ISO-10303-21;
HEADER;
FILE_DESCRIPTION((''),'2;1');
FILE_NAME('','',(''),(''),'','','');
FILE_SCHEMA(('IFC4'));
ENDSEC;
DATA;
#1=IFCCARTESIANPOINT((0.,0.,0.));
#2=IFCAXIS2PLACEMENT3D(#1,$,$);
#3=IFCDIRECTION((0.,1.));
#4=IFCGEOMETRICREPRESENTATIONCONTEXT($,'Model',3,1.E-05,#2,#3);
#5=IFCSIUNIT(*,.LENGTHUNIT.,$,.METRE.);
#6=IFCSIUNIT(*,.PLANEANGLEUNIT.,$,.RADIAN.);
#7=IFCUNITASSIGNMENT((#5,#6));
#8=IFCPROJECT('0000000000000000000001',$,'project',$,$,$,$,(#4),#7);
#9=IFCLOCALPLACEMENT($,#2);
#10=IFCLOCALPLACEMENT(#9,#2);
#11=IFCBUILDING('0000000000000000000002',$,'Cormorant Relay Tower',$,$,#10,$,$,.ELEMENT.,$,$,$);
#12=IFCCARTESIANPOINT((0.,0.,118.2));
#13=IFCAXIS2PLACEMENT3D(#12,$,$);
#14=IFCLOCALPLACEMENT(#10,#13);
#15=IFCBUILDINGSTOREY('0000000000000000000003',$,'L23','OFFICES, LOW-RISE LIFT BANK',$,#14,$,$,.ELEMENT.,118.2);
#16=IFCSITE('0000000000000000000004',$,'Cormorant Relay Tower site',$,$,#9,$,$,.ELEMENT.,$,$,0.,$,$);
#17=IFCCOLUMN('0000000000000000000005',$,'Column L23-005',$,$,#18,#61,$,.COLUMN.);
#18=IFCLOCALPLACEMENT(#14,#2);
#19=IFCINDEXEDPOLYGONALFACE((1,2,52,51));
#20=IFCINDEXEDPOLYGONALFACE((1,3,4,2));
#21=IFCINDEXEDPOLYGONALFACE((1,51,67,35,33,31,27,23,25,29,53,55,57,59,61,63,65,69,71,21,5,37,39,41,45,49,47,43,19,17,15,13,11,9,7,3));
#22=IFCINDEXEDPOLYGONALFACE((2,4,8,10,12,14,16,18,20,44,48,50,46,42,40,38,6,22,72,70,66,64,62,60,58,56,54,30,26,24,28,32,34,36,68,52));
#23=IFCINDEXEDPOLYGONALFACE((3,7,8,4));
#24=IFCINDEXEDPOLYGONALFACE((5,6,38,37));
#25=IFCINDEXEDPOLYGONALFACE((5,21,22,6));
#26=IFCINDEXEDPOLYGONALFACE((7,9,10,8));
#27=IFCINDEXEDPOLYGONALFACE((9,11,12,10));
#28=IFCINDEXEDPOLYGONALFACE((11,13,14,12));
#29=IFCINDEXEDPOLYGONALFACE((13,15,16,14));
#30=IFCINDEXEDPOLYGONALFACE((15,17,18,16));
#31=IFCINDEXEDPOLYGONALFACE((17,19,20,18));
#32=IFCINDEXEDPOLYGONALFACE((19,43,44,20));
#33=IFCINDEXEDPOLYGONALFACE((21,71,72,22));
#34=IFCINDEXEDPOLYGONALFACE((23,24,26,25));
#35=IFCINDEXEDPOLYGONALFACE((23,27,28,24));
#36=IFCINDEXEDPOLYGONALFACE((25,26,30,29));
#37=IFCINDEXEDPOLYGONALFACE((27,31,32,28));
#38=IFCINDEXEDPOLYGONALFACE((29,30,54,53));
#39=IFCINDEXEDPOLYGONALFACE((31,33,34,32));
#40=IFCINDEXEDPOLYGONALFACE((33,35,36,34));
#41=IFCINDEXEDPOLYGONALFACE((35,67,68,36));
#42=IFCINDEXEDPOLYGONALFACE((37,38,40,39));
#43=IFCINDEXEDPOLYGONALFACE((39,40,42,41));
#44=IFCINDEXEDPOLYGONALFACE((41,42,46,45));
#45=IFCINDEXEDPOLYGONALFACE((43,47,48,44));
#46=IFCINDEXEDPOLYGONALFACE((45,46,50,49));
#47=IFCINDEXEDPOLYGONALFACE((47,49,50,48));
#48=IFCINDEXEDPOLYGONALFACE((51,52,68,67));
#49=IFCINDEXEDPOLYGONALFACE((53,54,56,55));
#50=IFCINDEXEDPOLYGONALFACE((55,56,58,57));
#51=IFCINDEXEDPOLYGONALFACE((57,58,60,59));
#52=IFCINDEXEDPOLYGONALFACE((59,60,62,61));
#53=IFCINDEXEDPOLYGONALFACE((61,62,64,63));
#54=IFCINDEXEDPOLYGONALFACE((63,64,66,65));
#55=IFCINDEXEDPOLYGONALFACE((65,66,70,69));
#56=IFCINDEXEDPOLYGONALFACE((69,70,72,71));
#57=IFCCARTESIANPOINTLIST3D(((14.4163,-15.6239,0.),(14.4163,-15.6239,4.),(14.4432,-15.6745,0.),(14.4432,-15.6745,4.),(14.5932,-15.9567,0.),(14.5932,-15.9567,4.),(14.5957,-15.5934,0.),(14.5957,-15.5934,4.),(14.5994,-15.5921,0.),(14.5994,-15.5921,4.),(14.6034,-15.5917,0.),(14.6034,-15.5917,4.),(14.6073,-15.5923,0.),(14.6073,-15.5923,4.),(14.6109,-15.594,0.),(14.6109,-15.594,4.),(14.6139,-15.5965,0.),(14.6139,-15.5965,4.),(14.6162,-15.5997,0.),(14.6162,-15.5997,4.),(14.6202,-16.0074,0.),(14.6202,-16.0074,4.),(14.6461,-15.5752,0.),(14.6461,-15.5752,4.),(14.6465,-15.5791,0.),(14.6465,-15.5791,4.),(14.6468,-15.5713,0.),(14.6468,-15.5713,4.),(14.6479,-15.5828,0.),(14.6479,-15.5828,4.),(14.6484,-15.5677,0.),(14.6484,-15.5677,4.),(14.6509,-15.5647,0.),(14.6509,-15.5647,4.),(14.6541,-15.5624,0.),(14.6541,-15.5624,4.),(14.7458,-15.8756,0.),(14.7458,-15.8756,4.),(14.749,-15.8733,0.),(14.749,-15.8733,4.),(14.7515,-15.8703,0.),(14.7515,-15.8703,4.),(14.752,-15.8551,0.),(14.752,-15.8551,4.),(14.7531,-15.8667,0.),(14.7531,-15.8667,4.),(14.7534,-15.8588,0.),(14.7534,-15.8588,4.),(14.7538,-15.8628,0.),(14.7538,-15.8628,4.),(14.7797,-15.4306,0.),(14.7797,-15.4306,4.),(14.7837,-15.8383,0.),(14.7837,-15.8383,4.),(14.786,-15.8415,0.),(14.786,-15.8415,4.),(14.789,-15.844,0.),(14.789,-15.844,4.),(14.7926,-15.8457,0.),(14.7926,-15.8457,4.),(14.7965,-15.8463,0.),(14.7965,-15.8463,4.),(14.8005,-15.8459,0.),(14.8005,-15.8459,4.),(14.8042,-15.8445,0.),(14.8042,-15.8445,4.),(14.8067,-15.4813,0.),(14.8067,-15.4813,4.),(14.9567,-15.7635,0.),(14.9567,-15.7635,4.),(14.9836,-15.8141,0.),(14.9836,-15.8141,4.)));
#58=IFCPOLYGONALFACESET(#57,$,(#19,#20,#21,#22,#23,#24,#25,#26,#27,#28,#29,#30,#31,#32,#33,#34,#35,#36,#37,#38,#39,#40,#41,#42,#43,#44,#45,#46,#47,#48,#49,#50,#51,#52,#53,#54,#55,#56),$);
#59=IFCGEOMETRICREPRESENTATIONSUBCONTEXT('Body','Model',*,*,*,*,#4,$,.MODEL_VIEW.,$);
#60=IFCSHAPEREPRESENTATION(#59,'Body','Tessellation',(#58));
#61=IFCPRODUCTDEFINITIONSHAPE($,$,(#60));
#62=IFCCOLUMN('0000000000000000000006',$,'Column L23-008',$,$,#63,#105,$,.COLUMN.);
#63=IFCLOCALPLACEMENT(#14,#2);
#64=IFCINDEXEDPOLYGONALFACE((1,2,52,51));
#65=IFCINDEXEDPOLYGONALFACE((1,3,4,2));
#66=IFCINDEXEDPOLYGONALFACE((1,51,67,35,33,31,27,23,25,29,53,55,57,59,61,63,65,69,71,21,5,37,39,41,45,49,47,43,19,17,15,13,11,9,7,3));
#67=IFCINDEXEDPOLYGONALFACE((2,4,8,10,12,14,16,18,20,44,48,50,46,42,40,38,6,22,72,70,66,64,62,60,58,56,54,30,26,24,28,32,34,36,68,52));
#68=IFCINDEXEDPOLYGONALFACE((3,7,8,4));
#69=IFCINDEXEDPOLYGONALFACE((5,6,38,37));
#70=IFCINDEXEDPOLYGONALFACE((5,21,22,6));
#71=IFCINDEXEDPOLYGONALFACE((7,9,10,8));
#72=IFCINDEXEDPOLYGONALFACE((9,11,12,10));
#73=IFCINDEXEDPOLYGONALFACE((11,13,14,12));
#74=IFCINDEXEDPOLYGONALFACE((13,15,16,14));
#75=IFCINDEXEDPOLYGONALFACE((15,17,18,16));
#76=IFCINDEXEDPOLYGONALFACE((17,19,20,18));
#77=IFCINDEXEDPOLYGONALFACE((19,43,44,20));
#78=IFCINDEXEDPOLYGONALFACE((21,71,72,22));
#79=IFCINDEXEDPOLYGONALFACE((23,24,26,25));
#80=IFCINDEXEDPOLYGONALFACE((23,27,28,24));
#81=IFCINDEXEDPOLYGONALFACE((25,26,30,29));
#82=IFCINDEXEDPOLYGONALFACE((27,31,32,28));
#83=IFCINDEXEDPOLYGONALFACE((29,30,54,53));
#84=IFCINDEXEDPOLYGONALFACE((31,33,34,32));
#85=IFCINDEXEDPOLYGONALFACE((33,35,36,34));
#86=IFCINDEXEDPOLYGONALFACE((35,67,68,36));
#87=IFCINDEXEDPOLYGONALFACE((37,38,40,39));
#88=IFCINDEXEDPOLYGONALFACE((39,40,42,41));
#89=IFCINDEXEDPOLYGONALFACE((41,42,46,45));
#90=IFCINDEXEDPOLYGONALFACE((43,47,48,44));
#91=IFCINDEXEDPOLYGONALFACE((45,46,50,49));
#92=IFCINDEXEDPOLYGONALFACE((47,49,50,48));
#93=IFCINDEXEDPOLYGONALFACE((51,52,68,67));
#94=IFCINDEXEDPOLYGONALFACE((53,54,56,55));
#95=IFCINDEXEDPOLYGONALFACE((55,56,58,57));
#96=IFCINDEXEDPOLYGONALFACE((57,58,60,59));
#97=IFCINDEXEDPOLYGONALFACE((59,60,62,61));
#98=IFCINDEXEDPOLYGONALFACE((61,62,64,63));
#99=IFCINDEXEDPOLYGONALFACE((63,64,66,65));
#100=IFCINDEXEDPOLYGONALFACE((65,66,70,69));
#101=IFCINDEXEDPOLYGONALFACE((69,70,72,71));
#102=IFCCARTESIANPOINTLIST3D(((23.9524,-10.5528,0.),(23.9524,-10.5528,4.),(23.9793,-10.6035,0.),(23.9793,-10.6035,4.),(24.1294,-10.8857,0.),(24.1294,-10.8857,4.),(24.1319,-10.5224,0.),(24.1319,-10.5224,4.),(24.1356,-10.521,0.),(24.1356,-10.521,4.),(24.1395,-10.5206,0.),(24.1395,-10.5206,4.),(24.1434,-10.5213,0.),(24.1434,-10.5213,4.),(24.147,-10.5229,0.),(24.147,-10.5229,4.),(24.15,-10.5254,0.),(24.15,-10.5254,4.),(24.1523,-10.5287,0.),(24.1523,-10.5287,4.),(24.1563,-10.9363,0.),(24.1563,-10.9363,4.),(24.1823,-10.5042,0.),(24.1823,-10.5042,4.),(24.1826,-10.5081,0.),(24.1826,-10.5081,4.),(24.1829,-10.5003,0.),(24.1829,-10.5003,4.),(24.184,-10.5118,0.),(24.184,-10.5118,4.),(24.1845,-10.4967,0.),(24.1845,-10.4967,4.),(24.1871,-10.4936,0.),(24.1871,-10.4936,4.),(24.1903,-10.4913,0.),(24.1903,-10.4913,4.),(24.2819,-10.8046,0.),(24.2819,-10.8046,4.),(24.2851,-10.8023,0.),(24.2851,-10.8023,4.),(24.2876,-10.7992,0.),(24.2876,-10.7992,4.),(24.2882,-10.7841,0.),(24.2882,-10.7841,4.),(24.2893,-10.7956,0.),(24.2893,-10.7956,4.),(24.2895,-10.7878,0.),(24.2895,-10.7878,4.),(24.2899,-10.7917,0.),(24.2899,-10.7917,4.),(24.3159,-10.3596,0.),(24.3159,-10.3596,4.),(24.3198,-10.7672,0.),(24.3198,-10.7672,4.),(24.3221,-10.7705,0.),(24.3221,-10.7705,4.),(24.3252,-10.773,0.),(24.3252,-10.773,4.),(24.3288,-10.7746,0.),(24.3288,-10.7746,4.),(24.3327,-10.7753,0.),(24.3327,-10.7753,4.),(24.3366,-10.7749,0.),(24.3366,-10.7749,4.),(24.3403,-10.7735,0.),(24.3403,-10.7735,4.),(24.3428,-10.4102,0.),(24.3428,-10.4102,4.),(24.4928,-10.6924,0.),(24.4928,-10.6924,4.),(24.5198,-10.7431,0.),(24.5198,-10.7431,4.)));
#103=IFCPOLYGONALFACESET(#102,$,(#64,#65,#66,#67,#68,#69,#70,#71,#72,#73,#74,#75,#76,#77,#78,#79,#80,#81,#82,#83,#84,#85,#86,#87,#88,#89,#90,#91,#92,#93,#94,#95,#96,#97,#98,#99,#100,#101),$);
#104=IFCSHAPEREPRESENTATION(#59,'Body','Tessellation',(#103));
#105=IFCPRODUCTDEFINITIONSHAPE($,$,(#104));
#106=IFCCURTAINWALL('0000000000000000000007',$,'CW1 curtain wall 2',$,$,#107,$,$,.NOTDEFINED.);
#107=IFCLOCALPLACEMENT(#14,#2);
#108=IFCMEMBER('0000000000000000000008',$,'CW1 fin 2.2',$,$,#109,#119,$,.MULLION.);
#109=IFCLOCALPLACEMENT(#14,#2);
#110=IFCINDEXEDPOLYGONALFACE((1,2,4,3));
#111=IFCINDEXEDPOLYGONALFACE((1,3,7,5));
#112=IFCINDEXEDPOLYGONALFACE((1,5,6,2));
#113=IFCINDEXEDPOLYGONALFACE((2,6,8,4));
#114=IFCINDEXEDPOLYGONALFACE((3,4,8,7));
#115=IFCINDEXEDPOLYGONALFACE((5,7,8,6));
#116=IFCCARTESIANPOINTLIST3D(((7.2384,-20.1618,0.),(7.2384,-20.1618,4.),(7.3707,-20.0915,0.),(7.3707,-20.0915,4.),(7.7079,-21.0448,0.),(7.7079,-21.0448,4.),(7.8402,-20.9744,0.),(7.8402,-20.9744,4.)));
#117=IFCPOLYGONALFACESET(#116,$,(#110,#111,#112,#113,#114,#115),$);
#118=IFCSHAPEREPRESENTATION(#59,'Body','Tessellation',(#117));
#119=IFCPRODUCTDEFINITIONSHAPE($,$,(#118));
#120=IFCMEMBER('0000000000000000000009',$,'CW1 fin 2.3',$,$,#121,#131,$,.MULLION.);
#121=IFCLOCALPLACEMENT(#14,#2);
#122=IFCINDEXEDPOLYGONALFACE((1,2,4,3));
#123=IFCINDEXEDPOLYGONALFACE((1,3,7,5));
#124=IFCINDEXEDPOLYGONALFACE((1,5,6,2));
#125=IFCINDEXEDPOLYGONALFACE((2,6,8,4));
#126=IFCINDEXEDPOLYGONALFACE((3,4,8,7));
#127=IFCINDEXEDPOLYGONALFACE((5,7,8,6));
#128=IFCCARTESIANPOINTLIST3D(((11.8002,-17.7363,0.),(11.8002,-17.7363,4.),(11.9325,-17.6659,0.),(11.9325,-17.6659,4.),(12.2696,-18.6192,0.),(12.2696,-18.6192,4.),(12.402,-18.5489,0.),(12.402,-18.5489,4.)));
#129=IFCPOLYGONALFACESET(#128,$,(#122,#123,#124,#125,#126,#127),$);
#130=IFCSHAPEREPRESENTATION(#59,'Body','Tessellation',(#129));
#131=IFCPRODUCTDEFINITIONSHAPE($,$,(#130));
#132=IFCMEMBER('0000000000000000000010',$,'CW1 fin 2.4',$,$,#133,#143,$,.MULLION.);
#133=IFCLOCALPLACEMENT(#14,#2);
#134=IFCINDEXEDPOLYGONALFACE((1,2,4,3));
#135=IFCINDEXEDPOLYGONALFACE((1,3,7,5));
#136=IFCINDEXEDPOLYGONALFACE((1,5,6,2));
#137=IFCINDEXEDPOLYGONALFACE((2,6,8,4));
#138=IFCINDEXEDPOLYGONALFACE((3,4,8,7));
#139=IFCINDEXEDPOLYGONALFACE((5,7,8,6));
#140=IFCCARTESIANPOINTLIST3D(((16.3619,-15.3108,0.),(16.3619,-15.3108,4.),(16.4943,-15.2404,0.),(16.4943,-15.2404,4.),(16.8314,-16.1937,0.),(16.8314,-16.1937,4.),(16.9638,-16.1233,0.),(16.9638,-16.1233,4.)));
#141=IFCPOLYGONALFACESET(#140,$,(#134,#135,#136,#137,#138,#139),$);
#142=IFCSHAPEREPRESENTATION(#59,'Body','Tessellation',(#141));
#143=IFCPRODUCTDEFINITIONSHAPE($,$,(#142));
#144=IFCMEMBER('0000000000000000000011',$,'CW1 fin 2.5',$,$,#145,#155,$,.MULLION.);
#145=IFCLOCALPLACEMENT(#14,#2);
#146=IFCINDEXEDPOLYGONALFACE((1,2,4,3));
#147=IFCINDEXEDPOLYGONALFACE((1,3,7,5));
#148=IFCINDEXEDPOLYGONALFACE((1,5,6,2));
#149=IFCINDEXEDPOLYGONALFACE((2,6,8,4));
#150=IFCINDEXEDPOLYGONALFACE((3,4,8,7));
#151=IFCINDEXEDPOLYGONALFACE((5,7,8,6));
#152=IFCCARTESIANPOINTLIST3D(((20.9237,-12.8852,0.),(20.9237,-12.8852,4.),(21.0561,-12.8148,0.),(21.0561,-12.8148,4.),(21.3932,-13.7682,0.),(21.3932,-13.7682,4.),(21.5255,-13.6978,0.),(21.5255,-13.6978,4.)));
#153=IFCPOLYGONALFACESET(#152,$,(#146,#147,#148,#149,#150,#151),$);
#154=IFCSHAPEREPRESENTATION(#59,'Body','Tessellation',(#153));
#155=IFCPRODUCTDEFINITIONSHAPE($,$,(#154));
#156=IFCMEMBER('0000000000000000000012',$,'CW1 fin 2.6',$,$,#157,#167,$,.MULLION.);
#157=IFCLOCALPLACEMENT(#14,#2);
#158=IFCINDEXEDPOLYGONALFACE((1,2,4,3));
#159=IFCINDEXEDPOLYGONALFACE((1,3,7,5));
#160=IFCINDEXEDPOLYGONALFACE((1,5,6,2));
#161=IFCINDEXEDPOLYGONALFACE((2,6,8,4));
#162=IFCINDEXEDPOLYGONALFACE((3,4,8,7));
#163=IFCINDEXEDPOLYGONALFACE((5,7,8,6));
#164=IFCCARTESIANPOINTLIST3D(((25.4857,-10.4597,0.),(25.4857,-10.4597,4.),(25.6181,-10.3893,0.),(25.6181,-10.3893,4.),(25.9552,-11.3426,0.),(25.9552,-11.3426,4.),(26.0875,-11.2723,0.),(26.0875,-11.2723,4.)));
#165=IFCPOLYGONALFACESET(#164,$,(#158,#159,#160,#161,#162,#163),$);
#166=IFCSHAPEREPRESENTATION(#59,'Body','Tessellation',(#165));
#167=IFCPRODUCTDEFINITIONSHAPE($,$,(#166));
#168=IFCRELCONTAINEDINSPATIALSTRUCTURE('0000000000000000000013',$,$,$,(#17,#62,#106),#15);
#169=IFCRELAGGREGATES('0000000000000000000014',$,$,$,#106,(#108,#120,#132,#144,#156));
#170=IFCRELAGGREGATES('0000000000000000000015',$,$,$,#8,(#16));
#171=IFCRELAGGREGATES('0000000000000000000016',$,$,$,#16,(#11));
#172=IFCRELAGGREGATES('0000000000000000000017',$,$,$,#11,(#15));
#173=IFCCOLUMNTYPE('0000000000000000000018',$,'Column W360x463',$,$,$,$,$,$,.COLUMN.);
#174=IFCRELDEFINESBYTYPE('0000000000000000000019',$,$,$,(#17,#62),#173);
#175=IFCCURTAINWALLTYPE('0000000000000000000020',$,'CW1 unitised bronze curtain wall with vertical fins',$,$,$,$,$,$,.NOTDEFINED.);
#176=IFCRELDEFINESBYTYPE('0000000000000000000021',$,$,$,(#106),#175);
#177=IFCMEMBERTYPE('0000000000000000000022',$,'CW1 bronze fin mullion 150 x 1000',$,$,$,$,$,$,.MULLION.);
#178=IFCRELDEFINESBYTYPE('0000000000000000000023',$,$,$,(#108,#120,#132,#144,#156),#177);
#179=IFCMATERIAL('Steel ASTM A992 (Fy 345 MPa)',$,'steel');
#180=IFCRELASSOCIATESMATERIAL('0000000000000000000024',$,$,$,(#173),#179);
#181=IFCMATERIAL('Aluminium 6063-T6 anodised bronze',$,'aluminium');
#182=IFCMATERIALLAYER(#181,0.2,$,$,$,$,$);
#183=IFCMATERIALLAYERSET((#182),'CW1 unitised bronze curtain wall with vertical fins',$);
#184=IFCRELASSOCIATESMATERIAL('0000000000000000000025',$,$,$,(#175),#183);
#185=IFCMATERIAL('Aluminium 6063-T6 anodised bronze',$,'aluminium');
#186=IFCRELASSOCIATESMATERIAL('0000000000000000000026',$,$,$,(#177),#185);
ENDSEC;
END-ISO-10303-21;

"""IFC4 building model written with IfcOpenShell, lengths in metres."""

from ifc_helpers import new_model, si_unit, direction, frame, origin, origin_2d, place, context, subcontext, project, spatial, rectangle, i_section, extrude, material, layer, layer_set, material_profile, profile_set, type_object, element, aggregate, save


model = new_model("IFC4")

# Units and contexts
model_context = context("Model", 3, precision=1e-05, world=origin(), true_north=direction((0.0, 1.0)))
body_context = subcontext(model_context, "Body", "Model", "MODEL_VIEW")
ifc_project = project(units=[si_unit("LENGTHUNIT", "METRE"), si_unit("PLANEANGLEUNIT", "RADIAN")], contexts=[model_context])

# Site, building, storey
site_placement = place(None, origin())
site = spatial("IfcSite", under=ifc_project, at=site_placement, Name="Cormorant Relay Tower site", CompositionType="ELEMENT", RefElevation=0.0)
building_placement = place(site_placement, origin())
building = spatial("IfcBuilding", under=site, at=building_placement, Name="Cormorant Relay Tower", CompositionType="ELEMENT")
storey_placement = place(building_placement, frame((0.0, 0.0, 118.2)))
storey = spatial("IfcBuildingStorey", under=building, at=storey_placement, Name="L23", Description="OFFICES, LOW-RISE LIFT BANK", CompositionType="ELEMENT", Elevation=118.2)

# Columns
ifc_material_1 = material(Name="Steel ASTM A992 (Fy 345 MPa)", Category="steel")
ifc_material_profile_1 = material_profile(ifc_material_1, i_section(OverallWidth=0.4116, OverallDepth=0.4343, WebThickness=0.0359, FlangeThickness=0.0574, FilletRadius=0.0151, at=origin_2d()), Name="W360x463")
ifc_profile_set_1 = profile_set([ifc_material_profile_1], Name="Steel ASTM A992 (Fy 345 MPa)")
column_type_1 = type_object("IfcColumnType", Name="Column W360x463", PredefinedType="COLUMN", material=ifc_profile_set_1)
for number, where, z_axis, x_axis, name in (
    (1, (14.7, -15.719, 0.0), (0.0, 0.0, 1.0), (0.882948, 0.469472, 0.0), "Column L23-005"),
    (2, (24.2361, -10.6479, 0.0), (0.0, 0.0, 1.0), (0.882948, 0.469472, 0.0), "Column L23-008"),
):
    element("IfcColumn", number, at=place(storey_placement, frame(where, z_axis=z_axis, x_axis=x_axis)), inside=storey, type_object=column_type_1, Name=name, PredefinedType="COLUMN", context=body_context, shape_type="SweptSolid", body=[
        extrude(i_section(OverallWidth=0.4116, OverallDepth=0.4343, WebThickness=0.0359, FlangeThickness=0.0574, FilletRadius=0.0151, at=origin_2d()), origin(), (0.0, 0.0, 1.0), 4.0),
    ])

# Curtain wall, members
ifc_material_2 = material(Name="Aluminium 6063-T6 anodised bronze", Category="aluminium")
ifc_layer_1 = layer(ifc_material_2, 0.2)
ifc_layer_set_1 = layer_set([ifc_layer_1], Name="CW1 unitised bronze curtain wall with vertical fins")
curtain_wall_type = type_object("IfcCurtainWallType", Name="CW1 unitised bronze curtain wall with vertical fins", PredefinedType="NOTDEFINED", material=ifc_layer_set_1)
curtain_wall_placement = place(storey_placement, origin())
curtain_wall = element("IfcCurtainWall", 3, at=curtain_wall_placement, inside=storey, type_object=curtain_wall_type, Name="CW1 curtain wall 2", PredefinedType="NOTDEFINED")
ifc_material_3 = material(Name="Aluminium 6063-T6 anodised bronze", Category="aluminium")
ifc_material_profile_2 = material_profile(ifc_material_3, rectangle(XDim=0.1499, YDim=1.0, at=origin_2d()), Name="AL 150x1000")
ifc_profile_set_2 = profile_set([ifc_material_profile_2], Name="Aluminium 6063-T6 anodised bronze")
member_type = type_object("IfcMemberType", Name="CW1 bronze fin mullion 150 x 1000", PredefinedType="MULLION", material=ifc_profile_set_2)
member_1_placement = place(storey_placement, frame((7.5393, -20.5681, 0.0), z_axis=(0.0, 0.0, 1.0), x_axis=(0.882948, 0.469472, 0.0)))
member_1 = element("IfcMember", 4, at=member_1_placement, type_object=member_type, Name="CW1 fin 2.2", PredefinedType="MULLION", context=body_context, shape_type="SweptSolid", body=[
    extrude(rectangle(XDim=0.1499, YDim=1.0, at=origin_2d()), origin(), (0.0, 0.0, 1.0), 4.0),
])
member_2_placement = place(storey_placement, frame((12.1011, -18.1426, 0.0), z_axis=(0.0, 0.0, 1.0), x_axis=(0.882948, 0.469472, 0.0)))
member_2 = element("IfcMember", 5, at=member_2_placement, type_object=member_type, Name="CW1 fin 2.3", PredefinedType="MULLION", context=body_context, shape_type="SweptSolid", body=[
    extrude(rectangle(XDim=0.1499, YDim=1.0, at=origin_2d()), origin(), (0.0, 0.0, 1.0), 4.0),
])
member_3_placement = place(storey_placement, frame((16.6628, -15.717, 0.0), z_axis=(0.0, 0.0, 1.0), x_axis=(0.882948, 0.469472, 0.0)))
member_3 = element("IfcMember", 6, at=member_3_placement, type_object=member_type, Name="CW1 fin 2.4", PredefinedType="MULLION", context=body_context, shape_type="SweptSolid", body=[
    extrude(rectangle(XDim=0.1499, YDim=1.0, at=origin_2d()), origin(), (0.0, 0.0, 1.0), 4.0),
])
member_4_placement = place(storey_placement, frame((21.2246, -13.2915, 0.0), z_axis=(0.0, 0.0, 1.0), x_axis=(0.882948, 0.469472, 0.0)))
member_4 = element("IfcMember", 7, at=member_4_placement, type_object=member_type, Name="CW1 fin 2.5", PredefinedType="MULLION", context=body_context, shape_type="SweptSolid", body=[
    extrude(rectangle(XDim=0.1499, YDim=1.0, at=origin_2d()), origin(), (0.0, 0.0, 1.0), 4.0),
])
member_5_placement = place(storey_placement, frame((25.7866, -10.866, 0.0), z_axis=(0.0, 0.0, 1.0), x_axis=(0.882948, 0.469472, 0.0)))
member_5 = element("IfcMember", 8, at=member_5_placement, type_object=member_type, Name="CW1 fin 2.6", PredefinedType="MULLION", context=body_context, shape_type="SweptSolid", body=[
    extrude(rectangle(XDim=0.1499, YDim=1.0, at=origin_2d()), origin(), (0.0, 0.0, 1.0), 4.0),
])

aggregate(curtain_wall, [member_1, member_2, member_3, member_4, member_5])

save(model, "model.ifc")
